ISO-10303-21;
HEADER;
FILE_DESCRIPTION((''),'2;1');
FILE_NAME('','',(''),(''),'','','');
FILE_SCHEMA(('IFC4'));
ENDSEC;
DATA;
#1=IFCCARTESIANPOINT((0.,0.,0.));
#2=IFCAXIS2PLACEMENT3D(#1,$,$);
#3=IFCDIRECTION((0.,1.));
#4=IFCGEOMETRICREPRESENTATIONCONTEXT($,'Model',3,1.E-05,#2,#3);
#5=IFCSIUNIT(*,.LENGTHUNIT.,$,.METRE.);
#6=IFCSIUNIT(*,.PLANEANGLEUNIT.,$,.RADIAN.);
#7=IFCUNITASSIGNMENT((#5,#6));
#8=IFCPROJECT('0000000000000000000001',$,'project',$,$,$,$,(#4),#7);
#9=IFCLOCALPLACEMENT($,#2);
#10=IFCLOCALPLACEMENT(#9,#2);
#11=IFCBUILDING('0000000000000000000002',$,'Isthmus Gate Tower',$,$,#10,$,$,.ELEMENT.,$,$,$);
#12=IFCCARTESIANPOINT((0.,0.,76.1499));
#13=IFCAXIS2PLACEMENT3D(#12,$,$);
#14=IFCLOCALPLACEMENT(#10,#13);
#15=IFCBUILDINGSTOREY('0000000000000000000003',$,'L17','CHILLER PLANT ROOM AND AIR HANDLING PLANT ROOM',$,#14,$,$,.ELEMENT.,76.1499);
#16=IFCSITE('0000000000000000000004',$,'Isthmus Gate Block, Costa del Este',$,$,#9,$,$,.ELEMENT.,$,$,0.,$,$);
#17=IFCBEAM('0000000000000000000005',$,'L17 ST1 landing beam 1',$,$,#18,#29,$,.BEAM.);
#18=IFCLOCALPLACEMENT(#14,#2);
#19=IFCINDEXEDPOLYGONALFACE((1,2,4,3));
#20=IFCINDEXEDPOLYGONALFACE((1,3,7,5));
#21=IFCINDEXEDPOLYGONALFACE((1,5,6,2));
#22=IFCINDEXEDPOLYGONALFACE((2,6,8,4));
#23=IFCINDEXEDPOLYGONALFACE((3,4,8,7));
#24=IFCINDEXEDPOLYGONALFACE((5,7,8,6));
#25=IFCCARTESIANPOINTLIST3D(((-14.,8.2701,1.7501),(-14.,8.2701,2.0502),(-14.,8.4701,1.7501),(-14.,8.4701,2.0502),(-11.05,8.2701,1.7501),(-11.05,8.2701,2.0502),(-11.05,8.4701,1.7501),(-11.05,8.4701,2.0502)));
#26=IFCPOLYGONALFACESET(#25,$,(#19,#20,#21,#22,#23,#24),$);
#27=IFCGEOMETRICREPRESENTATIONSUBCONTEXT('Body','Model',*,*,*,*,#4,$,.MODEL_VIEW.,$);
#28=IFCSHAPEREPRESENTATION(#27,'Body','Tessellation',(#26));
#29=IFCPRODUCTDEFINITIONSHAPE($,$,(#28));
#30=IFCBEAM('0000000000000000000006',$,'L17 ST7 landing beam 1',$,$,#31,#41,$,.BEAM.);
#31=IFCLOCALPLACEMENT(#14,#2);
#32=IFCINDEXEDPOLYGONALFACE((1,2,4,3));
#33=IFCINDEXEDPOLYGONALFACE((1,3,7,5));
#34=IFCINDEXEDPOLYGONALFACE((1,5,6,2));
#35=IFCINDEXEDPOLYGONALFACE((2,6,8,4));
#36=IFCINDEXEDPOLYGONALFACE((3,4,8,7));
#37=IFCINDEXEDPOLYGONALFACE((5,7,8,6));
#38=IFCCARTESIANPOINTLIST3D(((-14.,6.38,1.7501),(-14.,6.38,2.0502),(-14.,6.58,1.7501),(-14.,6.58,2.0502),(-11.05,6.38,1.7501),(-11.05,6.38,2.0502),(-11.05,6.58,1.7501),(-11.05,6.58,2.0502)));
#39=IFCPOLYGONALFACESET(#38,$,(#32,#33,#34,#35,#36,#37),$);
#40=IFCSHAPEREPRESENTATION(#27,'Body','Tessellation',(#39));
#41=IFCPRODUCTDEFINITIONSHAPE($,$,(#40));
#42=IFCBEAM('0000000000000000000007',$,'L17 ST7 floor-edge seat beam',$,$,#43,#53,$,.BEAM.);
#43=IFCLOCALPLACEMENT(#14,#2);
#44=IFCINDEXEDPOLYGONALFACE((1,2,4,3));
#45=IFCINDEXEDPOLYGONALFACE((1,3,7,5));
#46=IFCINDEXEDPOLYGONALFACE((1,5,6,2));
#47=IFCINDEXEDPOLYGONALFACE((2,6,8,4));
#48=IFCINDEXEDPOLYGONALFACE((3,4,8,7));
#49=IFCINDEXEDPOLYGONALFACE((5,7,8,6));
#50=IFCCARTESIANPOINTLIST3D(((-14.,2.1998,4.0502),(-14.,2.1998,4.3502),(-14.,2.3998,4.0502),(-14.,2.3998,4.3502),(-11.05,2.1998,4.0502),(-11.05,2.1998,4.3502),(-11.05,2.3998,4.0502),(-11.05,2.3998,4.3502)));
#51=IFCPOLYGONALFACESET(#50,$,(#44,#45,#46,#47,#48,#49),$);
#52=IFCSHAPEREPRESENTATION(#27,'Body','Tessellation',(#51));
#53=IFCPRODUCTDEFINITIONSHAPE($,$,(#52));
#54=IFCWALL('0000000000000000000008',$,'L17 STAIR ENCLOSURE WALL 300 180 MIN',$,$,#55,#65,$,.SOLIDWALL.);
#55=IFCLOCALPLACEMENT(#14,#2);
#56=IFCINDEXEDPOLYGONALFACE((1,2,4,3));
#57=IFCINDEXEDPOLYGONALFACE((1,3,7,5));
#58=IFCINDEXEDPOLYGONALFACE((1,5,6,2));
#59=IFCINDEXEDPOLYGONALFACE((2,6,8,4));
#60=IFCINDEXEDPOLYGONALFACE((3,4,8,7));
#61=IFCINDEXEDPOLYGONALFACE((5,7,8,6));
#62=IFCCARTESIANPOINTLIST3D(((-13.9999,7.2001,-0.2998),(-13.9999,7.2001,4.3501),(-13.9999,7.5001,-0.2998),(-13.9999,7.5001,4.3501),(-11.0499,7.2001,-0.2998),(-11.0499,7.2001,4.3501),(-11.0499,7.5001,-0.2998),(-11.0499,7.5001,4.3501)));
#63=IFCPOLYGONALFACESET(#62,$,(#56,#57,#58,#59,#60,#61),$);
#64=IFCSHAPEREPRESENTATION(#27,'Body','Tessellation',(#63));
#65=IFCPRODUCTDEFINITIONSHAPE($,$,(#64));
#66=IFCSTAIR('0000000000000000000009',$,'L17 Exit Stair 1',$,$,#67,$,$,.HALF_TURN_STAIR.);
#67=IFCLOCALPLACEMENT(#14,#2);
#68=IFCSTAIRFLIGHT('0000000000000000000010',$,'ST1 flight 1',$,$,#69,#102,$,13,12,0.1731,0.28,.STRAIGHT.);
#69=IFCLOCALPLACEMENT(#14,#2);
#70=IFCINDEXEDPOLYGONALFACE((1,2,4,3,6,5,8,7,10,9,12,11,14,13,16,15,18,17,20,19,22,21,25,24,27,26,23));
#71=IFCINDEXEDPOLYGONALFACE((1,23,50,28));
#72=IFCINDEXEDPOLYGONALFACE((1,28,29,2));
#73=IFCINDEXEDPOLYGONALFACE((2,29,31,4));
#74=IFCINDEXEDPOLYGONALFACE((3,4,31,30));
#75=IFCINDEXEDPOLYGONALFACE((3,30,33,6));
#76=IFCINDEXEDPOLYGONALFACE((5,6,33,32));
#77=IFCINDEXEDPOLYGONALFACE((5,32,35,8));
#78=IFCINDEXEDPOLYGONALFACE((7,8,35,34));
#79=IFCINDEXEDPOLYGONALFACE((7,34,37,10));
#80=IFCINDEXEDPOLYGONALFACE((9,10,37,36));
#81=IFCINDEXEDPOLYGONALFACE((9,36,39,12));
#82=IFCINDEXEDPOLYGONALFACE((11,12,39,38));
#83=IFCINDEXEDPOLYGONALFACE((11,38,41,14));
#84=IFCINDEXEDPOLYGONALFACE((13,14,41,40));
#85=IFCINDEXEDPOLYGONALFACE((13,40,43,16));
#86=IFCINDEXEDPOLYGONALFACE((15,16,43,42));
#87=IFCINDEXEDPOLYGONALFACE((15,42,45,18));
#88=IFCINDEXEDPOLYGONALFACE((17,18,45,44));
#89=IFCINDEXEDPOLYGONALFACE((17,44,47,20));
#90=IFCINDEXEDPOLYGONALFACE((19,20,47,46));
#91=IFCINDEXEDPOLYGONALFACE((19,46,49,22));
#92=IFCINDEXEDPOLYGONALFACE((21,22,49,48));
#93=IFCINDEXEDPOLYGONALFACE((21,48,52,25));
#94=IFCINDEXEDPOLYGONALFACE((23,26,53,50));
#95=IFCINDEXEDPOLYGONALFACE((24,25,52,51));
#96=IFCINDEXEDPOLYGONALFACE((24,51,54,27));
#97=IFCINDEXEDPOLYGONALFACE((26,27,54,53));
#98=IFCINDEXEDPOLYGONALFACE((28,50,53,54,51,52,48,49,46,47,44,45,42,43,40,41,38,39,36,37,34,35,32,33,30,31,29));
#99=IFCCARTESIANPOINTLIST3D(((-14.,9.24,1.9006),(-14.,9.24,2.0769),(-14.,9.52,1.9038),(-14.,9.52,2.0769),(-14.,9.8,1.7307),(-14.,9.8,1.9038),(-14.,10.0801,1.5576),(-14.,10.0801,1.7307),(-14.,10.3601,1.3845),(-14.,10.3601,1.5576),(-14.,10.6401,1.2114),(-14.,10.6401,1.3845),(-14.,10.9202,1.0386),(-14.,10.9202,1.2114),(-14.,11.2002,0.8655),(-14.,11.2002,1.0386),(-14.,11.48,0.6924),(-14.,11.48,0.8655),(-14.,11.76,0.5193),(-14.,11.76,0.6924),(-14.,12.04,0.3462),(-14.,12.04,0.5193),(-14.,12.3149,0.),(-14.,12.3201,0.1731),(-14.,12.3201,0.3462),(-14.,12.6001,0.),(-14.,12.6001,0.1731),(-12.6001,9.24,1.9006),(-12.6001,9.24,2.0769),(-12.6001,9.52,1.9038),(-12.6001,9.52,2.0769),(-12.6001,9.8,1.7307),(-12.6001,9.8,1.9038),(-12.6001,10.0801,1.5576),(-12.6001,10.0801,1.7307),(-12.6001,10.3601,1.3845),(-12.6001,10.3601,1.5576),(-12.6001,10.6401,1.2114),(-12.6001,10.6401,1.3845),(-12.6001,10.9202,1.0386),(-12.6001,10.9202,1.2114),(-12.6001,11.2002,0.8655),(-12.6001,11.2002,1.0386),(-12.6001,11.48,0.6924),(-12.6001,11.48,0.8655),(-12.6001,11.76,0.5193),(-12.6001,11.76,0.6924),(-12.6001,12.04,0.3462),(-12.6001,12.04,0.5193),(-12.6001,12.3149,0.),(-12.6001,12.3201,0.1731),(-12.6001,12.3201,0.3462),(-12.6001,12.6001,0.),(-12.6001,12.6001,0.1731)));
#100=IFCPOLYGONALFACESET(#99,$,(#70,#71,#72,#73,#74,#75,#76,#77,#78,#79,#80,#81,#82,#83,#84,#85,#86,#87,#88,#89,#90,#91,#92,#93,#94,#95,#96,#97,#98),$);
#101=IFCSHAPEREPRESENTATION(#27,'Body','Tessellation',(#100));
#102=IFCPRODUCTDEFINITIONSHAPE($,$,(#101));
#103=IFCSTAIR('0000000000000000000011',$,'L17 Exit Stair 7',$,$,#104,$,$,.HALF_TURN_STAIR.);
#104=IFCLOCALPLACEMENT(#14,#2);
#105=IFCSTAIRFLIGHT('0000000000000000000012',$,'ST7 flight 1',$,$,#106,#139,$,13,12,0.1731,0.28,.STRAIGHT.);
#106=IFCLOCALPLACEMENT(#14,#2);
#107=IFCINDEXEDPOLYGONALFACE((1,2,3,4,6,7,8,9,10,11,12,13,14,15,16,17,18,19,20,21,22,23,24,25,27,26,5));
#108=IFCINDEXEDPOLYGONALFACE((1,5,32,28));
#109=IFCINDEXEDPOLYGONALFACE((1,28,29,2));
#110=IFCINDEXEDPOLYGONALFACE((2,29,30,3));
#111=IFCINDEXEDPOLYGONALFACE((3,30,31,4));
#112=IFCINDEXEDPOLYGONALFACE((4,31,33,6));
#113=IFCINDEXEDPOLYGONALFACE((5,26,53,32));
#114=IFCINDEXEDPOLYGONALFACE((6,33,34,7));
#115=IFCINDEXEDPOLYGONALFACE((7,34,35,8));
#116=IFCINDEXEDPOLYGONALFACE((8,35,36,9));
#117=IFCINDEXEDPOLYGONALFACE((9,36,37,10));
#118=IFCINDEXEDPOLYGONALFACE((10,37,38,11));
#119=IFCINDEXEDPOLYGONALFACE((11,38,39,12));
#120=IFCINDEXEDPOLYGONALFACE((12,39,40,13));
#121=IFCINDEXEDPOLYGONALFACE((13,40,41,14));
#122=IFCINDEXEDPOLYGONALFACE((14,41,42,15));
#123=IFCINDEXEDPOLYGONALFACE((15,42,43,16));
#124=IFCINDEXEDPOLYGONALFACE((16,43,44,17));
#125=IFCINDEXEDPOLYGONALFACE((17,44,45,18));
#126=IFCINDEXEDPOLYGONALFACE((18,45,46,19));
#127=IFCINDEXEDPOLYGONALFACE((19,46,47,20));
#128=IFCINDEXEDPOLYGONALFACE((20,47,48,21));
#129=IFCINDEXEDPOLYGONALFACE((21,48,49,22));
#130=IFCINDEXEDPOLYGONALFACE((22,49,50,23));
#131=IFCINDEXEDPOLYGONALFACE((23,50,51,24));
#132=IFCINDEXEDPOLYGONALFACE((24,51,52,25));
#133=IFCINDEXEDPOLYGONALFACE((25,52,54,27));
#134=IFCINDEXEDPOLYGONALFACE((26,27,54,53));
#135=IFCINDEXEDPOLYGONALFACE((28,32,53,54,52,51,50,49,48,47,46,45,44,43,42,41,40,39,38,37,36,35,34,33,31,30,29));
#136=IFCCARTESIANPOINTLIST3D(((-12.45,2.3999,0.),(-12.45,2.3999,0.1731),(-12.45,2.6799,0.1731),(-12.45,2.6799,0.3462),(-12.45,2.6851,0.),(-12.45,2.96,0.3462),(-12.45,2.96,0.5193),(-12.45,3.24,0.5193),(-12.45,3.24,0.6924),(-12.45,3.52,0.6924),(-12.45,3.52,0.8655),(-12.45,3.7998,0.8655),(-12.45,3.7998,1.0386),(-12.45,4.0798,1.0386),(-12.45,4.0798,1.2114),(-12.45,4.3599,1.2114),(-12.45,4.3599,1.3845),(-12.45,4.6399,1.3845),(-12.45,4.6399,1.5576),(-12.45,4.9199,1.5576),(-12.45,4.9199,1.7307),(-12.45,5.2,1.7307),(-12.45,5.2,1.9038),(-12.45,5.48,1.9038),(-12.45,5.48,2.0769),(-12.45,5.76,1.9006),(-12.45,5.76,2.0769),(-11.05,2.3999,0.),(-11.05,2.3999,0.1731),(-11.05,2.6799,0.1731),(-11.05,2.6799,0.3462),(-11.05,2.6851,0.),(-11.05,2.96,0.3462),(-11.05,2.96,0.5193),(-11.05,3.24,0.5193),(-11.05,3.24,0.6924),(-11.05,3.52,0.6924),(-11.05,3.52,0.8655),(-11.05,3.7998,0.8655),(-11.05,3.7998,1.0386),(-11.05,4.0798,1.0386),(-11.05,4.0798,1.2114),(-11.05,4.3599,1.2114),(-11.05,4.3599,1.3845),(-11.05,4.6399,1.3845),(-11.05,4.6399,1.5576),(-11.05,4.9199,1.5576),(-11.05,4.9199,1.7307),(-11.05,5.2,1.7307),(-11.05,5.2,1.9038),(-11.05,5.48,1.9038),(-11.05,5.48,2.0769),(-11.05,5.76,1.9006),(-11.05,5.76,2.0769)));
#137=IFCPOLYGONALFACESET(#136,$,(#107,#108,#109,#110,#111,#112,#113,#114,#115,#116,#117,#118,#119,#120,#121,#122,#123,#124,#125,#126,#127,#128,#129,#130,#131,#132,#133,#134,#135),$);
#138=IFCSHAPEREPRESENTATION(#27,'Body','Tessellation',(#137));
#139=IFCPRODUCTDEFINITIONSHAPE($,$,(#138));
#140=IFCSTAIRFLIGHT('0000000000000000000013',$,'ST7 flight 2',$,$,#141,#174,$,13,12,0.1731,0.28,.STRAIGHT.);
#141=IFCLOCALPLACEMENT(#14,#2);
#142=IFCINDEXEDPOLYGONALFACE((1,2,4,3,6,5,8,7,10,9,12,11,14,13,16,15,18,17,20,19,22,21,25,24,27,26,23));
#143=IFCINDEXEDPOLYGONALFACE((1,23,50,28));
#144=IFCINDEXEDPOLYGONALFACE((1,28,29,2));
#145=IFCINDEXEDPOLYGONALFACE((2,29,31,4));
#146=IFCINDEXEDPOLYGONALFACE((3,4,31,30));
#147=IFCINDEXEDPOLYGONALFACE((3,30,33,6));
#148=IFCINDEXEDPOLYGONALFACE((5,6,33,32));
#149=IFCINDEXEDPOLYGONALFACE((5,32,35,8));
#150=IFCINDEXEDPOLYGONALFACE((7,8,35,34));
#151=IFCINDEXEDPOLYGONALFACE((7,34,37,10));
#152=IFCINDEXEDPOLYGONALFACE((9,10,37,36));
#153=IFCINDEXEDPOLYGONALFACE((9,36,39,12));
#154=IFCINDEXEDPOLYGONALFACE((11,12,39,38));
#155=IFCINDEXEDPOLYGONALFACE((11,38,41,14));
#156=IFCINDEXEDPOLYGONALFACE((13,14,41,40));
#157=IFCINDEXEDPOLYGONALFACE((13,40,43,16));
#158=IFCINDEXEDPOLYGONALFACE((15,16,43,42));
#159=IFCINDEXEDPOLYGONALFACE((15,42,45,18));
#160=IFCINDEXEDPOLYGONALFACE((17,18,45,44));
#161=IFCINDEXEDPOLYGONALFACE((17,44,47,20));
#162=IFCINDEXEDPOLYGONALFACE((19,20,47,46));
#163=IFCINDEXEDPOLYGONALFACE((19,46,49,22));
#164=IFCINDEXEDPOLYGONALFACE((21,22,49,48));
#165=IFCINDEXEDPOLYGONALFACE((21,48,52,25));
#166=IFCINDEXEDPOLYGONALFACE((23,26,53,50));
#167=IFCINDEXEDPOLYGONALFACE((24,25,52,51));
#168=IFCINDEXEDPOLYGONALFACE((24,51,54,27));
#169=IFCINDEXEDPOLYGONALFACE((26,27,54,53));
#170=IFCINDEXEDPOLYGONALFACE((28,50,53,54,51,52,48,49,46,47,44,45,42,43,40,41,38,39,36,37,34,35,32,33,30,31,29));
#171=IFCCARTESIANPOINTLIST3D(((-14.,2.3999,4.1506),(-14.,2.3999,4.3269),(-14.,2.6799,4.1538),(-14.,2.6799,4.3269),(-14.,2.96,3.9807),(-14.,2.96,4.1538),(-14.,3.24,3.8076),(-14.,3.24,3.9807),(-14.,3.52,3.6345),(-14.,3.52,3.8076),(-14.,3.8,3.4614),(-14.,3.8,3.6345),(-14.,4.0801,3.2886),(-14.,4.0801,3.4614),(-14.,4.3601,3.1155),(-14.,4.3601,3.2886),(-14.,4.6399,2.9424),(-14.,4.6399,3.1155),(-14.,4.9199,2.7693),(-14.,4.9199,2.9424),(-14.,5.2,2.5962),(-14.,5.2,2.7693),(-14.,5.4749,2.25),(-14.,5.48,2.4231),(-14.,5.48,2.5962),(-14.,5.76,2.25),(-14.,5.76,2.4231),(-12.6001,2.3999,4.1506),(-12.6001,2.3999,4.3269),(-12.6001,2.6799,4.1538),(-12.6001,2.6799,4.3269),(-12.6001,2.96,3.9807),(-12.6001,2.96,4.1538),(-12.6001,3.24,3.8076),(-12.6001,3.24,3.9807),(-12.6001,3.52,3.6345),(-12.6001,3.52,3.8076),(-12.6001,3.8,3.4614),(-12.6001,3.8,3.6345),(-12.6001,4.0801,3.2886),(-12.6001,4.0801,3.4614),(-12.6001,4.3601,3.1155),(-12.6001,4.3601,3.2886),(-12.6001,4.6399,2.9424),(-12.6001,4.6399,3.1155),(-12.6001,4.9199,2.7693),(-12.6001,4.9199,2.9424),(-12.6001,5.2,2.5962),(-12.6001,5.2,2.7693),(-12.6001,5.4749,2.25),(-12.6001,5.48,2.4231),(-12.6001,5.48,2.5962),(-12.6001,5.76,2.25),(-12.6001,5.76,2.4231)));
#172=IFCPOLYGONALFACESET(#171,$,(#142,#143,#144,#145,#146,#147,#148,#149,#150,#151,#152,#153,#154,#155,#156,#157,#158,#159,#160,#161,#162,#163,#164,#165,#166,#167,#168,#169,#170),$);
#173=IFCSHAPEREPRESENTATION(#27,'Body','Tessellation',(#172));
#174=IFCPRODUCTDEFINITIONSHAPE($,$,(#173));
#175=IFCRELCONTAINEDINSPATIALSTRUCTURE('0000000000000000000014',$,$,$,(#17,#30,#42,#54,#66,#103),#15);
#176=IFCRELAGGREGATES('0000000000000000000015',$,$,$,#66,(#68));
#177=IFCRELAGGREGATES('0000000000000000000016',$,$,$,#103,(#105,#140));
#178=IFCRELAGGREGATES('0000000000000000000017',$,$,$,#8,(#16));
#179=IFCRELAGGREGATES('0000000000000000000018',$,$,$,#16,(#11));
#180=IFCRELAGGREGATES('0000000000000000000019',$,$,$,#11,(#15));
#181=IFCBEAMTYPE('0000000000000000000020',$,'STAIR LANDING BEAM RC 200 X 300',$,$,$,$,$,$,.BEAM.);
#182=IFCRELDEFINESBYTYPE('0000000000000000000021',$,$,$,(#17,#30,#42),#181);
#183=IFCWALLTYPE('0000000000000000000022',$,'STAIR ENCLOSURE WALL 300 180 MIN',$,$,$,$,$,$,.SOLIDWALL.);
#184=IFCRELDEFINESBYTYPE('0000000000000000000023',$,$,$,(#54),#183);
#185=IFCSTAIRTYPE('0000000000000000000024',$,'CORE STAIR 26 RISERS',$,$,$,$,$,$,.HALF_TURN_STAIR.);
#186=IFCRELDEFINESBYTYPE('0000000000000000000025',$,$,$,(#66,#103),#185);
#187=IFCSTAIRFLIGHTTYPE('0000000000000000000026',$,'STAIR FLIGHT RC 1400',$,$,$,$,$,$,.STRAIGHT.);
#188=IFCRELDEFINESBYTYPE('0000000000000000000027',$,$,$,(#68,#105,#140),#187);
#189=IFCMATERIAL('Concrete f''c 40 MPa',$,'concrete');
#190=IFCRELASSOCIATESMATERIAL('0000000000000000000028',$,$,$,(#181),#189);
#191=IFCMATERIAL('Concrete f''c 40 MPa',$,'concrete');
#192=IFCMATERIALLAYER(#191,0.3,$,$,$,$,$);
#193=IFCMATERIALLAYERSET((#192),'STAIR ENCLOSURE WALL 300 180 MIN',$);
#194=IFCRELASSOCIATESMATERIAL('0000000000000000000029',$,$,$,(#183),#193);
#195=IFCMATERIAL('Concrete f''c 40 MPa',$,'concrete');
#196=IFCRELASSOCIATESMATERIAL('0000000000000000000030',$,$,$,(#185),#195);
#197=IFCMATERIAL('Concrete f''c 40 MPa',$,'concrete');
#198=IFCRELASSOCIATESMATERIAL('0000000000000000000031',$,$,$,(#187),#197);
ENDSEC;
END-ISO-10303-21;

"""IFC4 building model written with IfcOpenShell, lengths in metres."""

from ifc_helpers import new_model, si_unit, direction, frame, frame_2d, origin, origin_2d, place, context, subcontext, project, spatial, polyline, rectangle, outline, extrude, material, layer, layer_set, material_profile, profile_set, type_object, element, aggregate, save


model = new_model("IFC4")

# Units and contexts
model_context = context("Model", 3, precision=1e-05, world=origin(), true_north=direction((0.0, 1.0)))
body_context = subcontext(model_context, "Body", "Model", "MODEL_VIEW")
ifc_project = project(units=[si_unit("LENGTHUNIT", "METRE"), si_unit("PLANEANGLEUNIT", "RADIAN")], contexts=[model_context])

# Site, building, storey
site_placement = place(None, origin())
site = spatial("IfcSite", under=ifc_project, at=site_placement, Name="Isthmus Gate Block, Costa del Este", CompositionType="ELEMENT", RefElevation=0.0)
building_placement = place(site_placement, origin())
building = spatial("IfcBuilding", under=site, at=building_placement, Name="Isthmus Gate Tower", CompositionType="ELEMENT")
storey_placement = place(building_placement, frame((0.0, 0.0, 76.1499)))
storey = spatial("IfcBuildingStorey", under=building, at=storey_placement, Name="L17", Description="CHILLER PLANT ROOM AND AIR HANDLING PLANT ROOM", CompositionType="ELEMENT", Elevation=76.1499)

# Beams
ifc_material_1 = material(Name="Concrete f'c 40 MPa", Category="concrete")
ifc_material_profile = material_profile(ifc_material_1, rectangle(XDim=0.2, YDim=0.3, at=origin_2d()), Name="STAIR LANDING BEAM RC 200 X 300")
ifc_profile_set = profile_set([ifc_material_profile], Name="Concrete f'c 40 MPa")
beam_type = type_object("IfcBeamType", Name="STAIR LANDING BEAM RC 200 X 300", PredefinedType="BEAM", material=ifc_profile_set)
for number, where, z_axis, x_axis, name in (
    (1, (-14.0, 8.3701, 1.9001), (1.0, 0.0, 0.0), (0.0, 1.0, 0.0), "L17 ST1 landing beam 1"),
    (2, (-14.0, 6.48, 1.9001), (1.0, 0.0, 0.0), (0.0, 1.0, 0.0), "L17 ST7 landing beam 1"),
    (3, (-14.0, 2.2998, 4.2002), (1.0, 0.0, 0.0), (0.0, 1.0, 0.0), "L17 ST7 floor-edge seat beam"),
):
    element("IfcBeam", number, at=place(storey_placement, frame(where, z_axis=z_axis, x_axis=x_axis)), inside=storey, type_object=beam_type, Name=name, PredefinedType="BEAM", context=body_context, shape_type="SweptSolid", body=[
        extrude(rectangle(XDim=0.2, YDim=0.3, at=origin_2d()), origin(), (0.0, 0.0, 1.0), 2.95),
    ])

# Wall
ifc_material_2 = material(Name="Concrete f'c 40 MPa", Category="concrete")
ifc_layer = layer(ifc_material_2, 0.3)
ifc_layer_set = layer_set([ifc_layer], Name="STAIR ENCLOSURE WALL 300 180 MIN")
wall_type = type_object("IfcWallType", Name="STAIR ENCLOSURE WALL 300 180 MIN", PredefinedType="SOLIDWALL", material=ifc_layer_set)
wall_placement = place(storey_placement, frame((-14.0, 7.3501, -0.2998), z_axis=(0.0, 0.0, 1.0), x_axis=(1.0, 0.0, 0.0)))
element("IfcWall", 4, at=wall_placement, inside=storey, type_object=wall_type, Name="L17 STAIR ENCLOSURE WALL 300 180 MIN", PredefinedType="SOLIDWALL", context=body_context, shape_type="SweptSolid", body=[
    extrude(rectangle(XDim=2.95, YDim=0.3, at=frame_2d((1.4751, 0.0))), origin(), (0.0, 0.0, 1.0), 4.6499),
])

# Stair, stair flight
ifc_material_3 = material(Name="Concrete f'c 40 MPa", Category="concrete")
stair_type = type_object("IfcStairType", Name="CORE STAIR 26 RISERS", PredefinedType="HALF_TURN_STAIR", material=ifc_material_3)
stair_1_placement = place(storey_placement, origin())
stair_1 = element("IfcStair", 5, at=stair_1_placement, inside=storey, type_object=stair_type, Name="L17 Exit Stair 1", PredefinedType="HALF_TURN_STAIR")
ifc_material_4 = material(Name="Concrete f'c 40 MPa", Category="concrete")
stair_flight_type = type_object("IfcStairFlightType", Name="STAIR FLIGHT RC 1400", PredefinedType="STRAIGHT", material=ifc_material_4)
stair_flight_1_placement = place(storey_placement, frame((-13.3, 12.6001, 0.0), z_axis=(0.0, 0.0, 1.0), x_axis=(0.0, -1.0, 0.0)))
stair_flight_1 = element("IfcStairFlight", 6, at=stair_flight_1_placement, type_object=stair_flight_type, Name="ST1 flight 1", NumberOfRisers=13, NumberOfTreads=12, PredefinedType="STRAIGHT", RiserHeight=0.1731, TreadLength=0.28, context=body_context, shape_type="SweptSolid", body=[
    extrude(outline(polyline([(0.0, 0.0), (0.0, 0.1731), (0.28, 0.1731), (0.28, 0.3462), (0.5601, 0.3462), (0.5601, 0.5193), (0.8401, 0.5193), (0.8401, 0.6924), (1.1201, 0.6924), (1.1201, 0.8655), (1.3999, 0.8655), (1.3999, 1.0386), (1.6799, 1.0386), (1.6799, 1.2114), (1.96, 1.2114), (1.96, 1.3845), (2.24, 1.3845), (2.24, 1.5576), (2.52, 1.5576), (2.52, 1.7307), (2.8, 1.7307), (2.8, 1.9038), (3.0801, 1.9038), (3.0801, 2.0769), (3.3601, 2.0769), (3.3601, 2.25), (3.3601, 1.9006), (0.2852, 0.0), (0.0, 0.0)])), frame((0.0, 0.7, 0.0), z_axis=(0.0, -1.0, 0.0), x_axis=(1.0, 0.0, 0.0)), (0.0, 0.0, 1.0), 1.3999),
])
aggregate(stair_1, [stair_flight_1])

# Stair, stair flights
stair_2_placement = place(storey_placement, origin())
stair_2 = element("IfcStair", 7, at=stair_2_placement, inside=storey, type_object=stair_type, Name="L17 Exit Stair 7", PredefinedType="HALF_TURN_STAIR")
stair_flight_2_placement = place(storey_placement, frame((-11.75, 2.3999, 0.0), z_axis=(0.0, 0.0, 1.0), x_axis=(0.0, 1.0, 0.0)))
stair_flight_2 = element("IfcStairFlight", 8, at=stair_flight_2_placement, type_object=stair_flight_type, Name="ST7 flight 1", NumberOfRisers=13, NumberOfTreads=12, PredefinedType="STRAIGHT", RiserHeight=0.1731, TreadLength=0.28, context=body_context, shape_type="SweptSolid", body=[
    extrude(outline(polyline([(0.0, 0.0), (0.0, 0.1731), (0.28, 0.1731), (0.28, 0.3462), (0.5601, 0.3462), (0.5601, 0.5193), (0.8401, 0.5193), (0.8401, 0.6924), (1.1201, 0.6924), (1.1201, 0.8655), (1.3999, 0.8655), (1.3999, 1.0386), (1.6799, 1.0386), (1.6799, 1.2114), (1.96, 1.2114), (1.96, 1.3845), (2.24, 1.3845), (2.24, 1.5576), (2.52, 1.5576), (2.52, 1.7307), (2.8, 1.7307), (2.8, 1.9038), (3.0801, 1.9038), (3.0801, 2.0769), (3.3601, 2.0769), (3.3601, 2.25), (3.3601, 1.9006), (0.2852, 0.0), (0.0, 0.0)])), frame((0.0, 0.7, 0.0), z_axis=(0.0, -1.0, 0.0), x_axis=(1.0, 0.0, 0.0)), (0.0, 0.0, 1.0), 1.3999),
])
stair_flight_3_placement = place(storey_placement, frame((-13.3, 5.76, 2.25), z_axis=(0.0, 0.0, 1.0), x_axis=(0.0, -1.0, 0.0)))
stair_flight_3 = element("IfcStairFlight", 9, at=stair_flight_3_placement, type_object=stair_flight_type, Name="ST7 flight 2", NumberOfRisers=13, NumberOfTreads=12, PredefinedType="STRAIGHT", RiserHeight=0.1731, TreadLength=0.28, context=body_context, shape_type="SweptSolid", body=[
    extrude(outline(polyline([(0.0, 0.0), (0.0, 0.1731), (0.28, 0.1731), (0.28, 0.3462), (0.5601, 0.3462), (0.5601, 0.5193), (0.8401, 0.5193), (0.8401, 0.6924), (1.1201, 0.6924), (1.1201, 0.8655), (1.3999, 0.8655), (1.3999, 1.0386), (1.6799, 1.0386), (1.6799, 1.2114), (1.96, 1.2114), (1.96, 1.3845), (2.24, 1.3845), (2.24, 1.5576), (2.52, 1.5576), (2.52, 1.7307), (2.8, 1.7307), (2.8, 1.9038), (3.0801, 1.9038), (3.0801, 2.0769), (3.3601, 2.0769), (3.3601, 2.25), (3.3601, 1.9006), (0.2852, 0.0), (0.0, 0.0)])), frame((0.0, 0.7, 0.0), z_axis=(0.0, -1.0, 0.0), x_axis=(1.0, 0.0, 0.0)), (0.0, 0.0, 1.0), 1.3999),
])
aggregate(stair_2, [stair_flight_2, stair_flight_3])

save(model, "model.ifc")
